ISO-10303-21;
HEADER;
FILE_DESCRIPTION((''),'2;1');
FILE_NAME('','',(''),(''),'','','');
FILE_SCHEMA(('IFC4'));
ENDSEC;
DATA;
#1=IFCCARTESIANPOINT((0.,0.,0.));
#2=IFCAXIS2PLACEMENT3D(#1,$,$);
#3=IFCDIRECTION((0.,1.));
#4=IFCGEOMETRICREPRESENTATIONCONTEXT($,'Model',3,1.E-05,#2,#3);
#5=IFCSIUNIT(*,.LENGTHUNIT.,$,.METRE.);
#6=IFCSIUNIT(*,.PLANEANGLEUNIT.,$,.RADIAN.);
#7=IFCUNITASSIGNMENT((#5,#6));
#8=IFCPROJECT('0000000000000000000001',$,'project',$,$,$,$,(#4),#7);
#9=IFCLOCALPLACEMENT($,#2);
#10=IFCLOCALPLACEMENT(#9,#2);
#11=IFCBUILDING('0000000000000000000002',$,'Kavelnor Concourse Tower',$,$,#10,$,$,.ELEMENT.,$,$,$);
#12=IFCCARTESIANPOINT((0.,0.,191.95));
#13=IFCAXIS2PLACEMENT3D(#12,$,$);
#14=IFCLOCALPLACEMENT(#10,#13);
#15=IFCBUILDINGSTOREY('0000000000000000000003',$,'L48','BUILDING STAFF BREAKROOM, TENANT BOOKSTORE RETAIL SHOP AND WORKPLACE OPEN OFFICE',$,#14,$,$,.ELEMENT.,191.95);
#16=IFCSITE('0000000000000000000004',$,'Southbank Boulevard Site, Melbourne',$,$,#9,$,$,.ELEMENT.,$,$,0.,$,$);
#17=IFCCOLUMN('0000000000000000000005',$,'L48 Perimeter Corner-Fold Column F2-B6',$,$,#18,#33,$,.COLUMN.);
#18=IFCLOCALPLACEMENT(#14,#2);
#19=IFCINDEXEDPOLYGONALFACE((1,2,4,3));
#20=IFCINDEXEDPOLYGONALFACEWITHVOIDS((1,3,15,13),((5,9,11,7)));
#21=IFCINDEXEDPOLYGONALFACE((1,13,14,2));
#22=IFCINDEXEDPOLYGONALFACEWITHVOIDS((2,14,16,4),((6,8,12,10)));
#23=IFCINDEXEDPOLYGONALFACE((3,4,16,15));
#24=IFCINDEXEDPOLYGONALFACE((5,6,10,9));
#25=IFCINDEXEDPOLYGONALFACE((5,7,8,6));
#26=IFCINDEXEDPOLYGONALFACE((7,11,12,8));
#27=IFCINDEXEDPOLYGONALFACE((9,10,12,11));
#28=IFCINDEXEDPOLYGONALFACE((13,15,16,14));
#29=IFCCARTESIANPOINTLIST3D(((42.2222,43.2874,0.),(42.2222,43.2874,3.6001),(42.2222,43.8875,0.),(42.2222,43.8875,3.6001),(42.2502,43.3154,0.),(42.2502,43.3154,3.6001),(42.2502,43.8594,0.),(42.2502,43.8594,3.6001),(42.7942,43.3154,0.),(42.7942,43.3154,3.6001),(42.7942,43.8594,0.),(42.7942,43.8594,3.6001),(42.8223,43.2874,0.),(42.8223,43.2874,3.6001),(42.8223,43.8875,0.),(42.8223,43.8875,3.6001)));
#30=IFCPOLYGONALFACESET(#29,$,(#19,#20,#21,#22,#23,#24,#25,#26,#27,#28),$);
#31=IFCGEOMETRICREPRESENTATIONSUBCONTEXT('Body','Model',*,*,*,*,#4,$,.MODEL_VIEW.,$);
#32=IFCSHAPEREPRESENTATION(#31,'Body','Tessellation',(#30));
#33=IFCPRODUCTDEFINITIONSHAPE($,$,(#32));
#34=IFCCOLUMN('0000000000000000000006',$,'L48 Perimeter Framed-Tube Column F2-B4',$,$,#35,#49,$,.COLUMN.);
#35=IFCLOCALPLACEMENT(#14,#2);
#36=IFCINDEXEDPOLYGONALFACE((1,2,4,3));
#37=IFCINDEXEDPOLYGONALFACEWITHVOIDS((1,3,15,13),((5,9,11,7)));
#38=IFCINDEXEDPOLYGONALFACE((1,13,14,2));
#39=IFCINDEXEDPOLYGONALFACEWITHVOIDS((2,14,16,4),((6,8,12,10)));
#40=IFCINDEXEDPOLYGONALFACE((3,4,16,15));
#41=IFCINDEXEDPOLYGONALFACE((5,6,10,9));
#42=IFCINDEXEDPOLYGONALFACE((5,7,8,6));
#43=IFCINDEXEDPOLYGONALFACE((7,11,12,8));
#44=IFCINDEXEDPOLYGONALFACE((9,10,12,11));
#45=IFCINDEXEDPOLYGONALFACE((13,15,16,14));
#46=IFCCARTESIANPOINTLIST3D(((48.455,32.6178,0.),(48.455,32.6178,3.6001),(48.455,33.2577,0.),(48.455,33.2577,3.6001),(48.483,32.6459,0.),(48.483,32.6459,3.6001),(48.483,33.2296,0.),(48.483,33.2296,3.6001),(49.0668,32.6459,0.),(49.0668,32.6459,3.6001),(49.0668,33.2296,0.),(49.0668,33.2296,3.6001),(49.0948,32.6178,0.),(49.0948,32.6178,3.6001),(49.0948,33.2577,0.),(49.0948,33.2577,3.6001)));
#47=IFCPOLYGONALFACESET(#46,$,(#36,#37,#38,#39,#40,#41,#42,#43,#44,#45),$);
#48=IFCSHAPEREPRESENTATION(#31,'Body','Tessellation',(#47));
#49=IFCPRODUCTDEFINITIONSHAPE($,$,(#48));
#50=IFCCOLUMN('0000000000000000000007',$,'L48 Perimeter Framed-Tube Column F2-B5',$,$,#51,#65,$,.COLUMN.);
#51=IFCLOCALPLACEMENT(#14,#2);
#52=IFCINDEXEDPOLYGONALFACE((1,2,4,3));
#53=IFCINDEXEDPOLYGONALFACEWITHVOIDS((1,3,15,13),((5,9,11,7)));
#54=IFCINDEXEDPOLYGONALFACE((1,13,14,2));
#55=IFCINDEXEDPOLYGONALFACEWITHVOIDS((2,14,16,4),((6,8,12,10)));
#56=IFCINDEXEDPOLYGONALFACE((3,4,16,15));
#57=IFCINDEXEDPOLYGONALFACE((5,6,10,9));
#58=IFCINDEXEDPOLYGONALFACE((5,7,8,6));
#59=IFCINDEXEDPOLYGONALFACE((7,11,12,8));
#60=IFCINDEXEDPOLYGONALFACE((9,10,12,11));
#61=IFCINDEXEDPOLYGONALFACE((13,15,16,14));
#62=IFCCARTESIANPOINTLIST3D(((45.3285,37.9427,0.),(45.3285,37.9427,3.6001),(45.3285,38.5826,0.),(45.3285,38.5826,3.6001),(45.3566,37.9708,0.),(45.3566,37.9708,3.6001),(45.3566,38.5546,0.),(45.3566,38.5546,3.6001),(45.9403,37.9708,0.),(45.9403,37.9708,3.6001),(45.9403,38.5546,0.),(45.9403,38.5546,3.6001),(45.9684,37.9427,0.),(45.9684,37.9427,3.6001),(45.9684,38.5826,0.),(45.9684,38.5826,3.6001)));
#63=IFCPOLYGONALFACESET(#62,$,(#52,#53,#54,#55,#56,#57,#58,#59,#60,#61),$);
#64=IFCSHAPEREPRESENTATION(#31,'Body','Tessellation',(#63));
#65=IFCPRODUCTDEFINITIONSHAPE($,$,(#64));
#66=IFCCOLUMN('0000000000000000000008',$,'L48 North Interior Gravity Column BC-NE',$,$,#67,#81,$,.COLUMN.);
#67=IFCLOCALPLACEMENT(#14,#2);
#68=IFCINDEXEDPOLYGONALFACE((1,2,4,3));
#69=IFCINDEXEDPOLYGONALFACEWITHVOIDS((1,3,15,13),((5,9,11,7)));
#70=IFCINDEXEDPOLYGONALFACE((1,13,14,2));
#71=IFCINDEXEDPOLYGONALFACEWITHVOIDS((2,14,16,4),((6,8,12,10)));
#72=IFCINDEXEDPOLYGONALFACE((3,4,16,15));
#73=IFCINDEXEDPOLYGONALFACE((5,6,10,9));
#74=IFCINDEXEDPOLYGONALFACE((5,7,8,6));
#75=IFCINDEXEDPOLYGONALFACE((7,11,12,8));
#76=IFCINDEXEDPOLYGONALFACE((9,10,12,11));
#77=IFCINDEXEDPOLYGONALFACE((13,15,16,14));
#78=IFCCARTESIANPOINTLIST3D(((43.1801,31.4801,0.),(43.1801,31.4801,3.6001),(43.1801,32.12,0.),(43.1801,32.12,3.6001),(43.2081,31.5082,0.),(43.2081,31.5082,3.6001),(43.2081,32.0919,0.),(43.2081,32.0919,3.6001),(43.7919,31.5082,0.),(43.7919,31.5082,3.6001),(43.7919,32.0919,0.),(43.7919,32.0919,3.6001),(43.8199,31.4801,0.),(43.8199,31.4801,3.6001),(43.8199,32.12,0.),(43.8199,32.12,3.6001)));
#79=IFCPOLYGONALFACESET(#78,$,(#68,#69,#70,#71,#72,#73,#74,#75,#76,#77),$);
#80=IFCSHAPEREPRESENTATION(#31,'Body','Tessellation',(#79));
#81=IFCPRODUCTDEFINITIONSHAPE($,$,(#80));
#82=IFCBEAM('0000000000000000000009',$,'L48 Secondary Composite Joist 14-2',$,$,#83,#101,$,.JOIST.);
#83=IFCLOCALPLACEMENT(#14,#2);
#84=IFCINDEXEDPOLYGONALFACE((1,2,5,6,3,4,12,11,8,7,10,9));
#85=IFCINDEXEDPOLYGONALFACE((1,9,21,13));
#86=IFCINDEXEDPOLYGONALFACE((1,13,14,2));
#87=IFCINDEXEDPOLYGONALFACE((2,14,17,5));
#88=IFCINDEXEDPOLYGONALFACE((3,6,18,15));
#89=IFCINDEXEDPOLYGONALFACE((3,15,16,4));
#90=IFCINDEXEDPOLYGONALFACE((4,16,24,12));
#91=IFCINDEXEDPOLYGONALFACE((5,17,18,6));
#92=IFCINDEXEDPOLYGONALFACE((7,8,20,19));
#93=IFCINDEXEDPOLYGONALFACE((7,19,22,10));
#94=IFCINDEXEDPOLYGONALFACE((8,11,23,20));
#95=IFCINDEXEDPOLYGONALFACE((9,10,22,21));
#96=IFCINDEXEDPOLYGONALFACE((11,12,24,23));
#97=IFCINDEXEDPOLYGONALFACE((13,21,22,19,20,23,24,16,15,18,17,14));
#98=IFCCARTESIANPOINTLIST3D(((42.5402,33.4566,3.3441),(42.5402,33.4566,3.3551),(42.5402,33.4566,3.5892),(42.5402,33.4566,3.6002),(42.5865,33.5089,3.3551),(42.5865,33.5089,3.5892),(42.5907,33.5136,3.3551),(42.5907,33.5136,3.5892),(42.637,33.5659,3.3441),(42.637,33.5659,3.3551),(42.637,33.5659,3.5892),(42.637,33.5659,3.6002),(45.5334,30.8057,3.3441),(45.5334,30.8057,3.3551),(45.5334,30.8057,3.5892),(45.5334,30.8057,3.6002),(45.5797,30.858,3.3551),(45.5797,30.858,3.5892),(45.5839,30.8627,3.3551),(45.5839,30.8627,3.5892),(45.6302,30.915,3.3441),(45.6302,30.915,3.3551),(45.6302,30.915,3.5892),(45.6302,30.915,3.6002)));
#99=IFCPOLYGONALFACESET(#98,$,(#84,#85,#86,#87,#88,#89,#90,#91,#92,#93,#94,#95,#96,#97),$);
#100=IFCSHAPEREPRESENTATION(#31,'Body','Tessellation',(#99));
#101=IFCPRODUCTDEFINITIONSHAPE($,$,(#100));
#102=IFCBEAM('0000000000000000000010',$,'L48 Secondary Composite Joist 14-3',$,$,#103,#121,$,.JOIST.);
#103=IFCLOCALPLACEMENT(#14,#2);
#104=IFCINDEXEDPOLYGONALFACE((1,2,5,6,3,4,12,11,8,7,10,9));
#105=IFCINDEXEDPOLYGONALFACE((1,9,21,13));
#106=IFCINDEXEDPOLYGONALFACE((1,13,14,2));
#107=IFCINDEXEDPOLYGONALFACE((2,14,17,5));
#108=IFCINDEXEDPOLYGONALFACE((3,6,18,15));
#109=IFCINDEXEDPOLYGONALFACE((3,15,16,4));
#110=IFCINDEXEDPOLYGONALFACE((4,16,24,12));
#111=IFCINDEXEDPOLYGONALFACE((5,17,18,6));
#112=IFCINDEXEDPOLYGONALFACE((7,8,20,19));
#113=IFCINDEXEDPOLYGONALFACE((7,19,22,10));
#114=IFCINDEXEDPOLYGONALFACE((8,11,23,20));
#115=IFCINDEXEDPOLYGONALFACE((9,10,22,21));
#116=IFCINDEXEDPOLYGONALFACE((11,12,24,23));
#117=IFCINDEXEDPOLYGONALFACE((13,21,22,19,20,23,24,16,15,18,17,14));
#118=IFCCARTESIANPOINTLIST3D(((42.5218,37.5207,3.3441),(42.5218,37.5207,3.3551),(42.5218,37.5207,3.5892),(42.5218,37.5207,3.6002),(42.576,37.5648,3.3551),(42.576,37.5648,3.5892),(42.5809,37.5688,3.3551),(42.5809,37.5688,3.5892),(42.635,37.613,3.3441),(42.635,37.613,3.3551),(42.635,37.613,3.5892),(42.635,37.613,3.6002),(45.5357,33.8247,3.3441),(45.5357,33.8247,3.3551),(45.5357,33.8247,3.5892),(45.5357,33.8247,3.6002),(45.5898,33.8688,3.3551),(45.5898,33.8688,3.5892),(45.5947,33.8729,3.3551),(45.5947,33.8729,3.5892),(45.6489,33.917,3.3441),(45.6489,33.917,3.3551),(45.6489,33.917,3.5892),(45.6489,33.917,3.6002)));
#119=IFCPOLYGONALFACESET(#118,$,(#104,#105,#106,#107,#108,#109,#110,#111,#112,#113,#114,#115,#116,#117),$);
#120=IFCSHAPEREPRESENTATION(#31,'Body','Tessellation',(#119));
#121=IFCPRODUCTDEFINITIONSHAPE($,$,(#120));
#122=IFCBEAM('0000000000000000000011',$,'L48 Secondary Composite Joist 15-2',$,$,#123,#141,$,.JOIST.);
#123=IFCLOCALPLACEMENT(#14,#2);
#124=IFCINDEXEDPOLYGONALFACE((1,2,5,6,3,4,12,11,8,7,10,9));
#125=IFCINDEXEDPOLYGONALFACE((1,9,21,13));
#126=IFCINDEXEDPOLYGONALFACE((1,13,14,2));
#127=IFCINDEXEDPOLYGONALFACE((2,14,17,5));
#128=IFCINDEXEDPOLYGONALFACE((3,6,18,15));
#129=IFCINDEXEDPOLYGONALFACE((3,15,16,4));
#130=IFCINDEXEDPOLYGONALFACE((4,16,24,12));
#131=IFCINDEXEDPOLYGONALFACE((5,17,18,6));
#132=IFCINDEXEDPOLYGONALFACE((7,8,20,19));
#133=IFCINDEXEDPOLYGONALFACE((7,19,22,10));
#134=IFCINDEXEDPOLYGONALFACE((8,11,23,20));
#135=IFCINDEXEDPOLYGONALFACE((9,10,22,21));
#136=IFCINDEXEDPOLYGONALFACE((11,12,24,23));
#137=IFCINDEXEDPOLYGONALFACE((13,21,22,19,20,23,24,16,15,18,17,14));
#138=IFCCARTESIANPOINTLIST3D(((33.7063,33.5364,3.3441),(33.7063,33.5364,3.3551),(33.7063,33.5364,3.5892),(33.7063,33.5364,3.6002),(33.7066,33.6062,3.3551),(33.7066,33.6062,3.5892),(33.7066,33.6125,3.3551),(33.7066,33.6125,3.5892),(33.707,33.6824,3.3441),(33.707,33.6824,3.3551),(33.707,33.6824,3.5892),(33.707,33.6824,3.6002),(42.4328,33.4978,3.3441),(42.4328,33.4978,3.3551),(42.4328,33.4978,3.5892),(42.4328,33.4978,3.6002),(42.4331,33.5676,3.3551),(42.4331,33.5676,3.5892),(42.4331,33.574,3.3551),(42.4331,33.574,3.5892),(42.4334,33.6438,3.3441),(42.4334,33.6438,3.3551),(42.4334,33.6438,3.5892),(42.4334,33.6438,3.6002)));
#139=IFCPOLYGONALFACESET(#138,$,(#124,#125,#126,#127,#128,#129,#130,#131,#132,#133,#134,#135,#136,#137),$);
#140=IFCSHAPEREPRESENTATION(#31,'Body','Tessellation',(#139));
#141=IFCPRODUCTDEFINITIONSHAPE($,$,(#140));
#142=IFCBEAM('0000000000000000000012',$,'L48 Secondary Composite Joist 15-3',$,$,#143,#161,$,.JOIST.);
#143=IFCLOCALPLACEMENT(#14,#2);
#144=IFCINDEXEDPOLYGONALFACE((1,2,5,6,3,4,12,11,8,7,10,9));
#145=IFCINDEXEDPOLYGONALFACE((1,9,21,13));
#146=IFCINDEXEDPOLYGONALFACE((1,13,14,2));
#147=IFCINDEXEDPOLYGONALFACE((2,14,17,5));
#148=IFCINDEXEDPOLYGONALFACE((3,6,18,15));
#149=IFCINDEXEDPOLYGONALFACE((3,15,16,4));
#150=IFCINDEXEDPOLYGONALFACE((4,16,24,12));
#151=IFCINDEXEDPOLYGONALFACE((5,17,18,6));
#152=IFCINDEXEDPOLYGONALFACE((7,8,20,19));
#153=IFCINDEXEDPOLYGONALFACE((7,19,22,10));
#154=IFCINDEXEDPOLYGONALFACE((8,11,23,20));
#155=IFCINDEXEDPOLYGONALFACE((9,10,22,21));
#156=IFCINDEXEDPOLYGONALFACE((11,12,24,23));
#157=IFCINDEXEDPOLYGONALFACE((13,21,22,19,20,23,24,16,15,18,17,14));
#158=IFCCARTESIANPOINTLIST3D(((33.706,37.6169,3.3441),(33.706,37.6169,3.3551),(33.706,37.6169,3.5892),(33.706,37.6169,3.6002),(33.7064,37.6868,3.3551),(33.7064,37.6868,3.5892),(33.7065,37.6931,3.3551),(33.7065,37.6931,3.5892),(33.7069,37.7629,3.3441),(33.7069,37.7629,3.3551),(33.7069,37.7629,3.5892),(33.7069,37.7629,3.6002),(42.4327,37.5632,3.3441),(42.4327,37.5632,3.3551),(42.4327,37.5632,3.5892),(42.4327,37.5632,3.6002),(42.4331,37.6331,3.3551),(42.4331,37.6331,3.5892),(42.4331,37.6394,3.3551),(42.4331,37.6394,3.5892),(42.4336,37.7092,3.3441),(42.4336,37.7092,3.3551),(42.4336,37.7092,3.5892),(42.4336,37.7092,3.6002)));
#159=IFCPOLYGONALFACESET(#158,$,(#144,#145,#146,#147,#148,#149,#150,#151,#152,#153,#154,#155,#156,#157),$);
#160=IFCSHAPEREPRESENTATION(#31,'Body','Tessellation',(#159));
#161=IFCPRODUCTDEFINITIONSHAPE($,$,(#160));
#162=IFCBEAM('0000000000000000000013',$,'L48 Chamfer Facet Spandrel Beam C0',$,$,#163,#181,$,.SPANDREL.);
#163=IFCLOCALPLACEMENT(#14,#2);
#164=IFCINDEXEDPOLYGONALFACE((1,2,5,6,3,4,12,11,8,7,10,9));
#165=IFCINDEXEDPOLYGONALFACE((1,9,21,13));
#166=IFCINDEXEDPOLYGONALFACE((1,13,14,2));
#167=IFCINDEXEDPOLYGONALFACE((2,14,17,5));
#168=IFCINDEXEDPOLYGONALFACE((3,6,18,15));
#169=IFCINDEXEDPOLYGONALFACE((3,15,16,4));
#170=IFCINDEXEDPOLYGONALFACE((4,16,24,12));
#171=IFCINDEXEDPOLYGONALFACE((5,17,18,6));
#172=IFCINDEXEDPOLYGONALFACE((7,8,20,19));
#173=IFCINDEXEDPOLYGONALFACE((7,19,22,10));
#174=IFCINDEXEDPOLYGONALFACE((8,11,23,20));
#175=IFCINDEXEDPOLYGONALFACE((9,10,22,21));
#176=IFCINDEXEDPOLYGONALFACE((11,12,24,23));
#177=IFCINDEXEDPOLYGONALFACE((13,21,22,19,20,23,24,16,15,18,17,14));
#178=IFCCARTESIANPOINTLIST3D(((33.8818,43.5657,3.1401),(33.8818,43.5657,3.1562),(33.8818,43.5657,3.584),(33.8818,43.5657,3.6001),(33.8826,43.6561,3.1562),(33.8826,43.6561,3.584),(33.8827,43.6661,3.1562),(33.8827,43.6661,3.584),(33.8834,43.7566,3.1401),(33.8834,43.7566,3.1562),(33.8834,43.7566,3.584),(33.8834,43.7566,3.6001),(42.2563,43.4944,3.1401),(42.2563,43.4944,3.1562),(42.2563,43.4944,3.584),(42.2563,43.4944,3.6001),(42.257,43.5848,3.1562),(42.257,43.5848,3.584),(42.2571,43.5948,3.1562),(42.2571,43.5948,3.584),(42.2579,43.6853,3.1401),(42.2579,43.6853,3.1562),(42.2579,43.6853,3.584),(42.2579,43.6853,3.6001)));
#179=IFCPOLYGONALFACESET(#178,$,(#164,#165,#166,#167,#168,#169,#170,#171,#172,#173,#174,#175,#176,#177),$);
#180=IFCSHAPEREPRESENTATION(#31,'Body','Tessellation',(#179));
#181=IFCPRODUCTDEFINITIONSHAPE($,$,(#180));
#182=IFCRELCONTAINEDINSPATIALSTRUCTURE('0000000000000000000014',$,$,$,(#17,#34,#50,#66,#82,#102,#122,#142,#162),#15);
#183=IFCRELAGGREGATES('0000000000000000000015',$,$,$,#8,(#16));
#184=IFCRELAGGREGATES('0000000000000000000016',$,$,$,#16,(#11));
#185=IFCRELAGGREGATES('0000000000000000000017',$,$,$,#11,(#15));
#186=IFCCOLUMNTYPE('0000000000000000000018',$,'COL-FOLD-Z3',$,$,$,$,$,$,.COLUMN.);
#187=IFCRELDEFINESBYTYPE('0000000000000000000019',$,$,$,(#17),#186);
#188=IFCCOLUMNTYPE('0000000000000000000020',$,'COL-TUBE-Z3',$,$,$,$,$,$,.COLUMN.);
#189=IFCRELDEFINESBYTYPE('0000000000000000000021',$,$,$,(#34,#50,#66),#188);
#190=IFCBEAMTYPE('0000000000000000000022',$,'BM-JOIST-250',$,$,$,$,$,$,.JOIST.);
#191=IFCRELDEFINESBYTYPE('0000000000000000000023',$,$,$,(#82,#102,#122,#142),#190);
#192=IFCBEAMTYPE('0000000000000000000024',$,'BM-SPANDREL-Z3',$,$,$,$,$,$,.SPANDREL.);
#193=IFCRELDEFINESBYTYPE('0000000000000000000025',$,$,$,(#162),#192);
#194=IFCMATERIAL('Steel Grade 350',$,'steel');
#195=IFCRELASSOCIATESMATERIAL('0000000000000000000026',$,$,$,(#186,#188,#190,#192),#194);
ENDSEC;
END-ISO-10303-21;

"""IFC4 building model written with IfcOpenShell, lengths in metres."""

from ifc_helpers import new_model, si_unit, direction, frame, origin, origin_2d, place, context, subcontext, project, spatial, hollow_rectangle, i_section, extrude, material, material_profile, profile_set, type_object, element, save


model = new_model("IFC4")

# Units and contexts
model_context = context("Model", 3, precision=1e-05, world=origin(), true_north=direction((0.0, 1.0)))
body_context = subcontext(model_context, "Body", "Model", "MODEL_VIEW")
ifc_project = project(units=[si_unit("LENGTHUNIT", "METRE"), si_unit("PLANEANGLEUNIT", "RADIAN")], contexts=[model_context])

# Site, building, storey
site_placement = place(None, origin())
site = spatial("IfcSite", under=ifc_project, at=site_placement, Name="Southbank Boulevard Site, Melbourne", CompositionType="ELEMENT", RefElevation=0.0)
building_placement = place(site_placement, origin())
building = spatial("IfcBuilding", under=site, at=building_placement, Name="Kavelnor Concourse Tower", CompositionType="ELEMENT")
storey_placement = place(building_placement, frame((0.0, 0.0, 191.95)))
storey = spatial("IfcBuildingStorey", under=building, at=storey_placement, Name="L48", Description="BUILDING STAFF BREAKROOM, TENANT BOOKSTORE RETAIL SHOP AND WORKPLACE OPEN OFFICE", CompositionType="ELEMENT", Elevation=191.95)

# Columns
ifc_material_1 = material(Name="Steel Grade 350", Category="steel")
ifc_material_profile_1 = material_profile(ifc_material_1, hollow_rectangle(XDim=0.6001, YDim=0.6001, WallThickness=0.0281, at=origin_2d()), Name="SHS 600x600x28")
ifc_profile_set_1 = profile_set([ifc_material_profile_1], Name="Steel Grade 350")
column_type_1 = type_object("IfcColumnType", Name="COL-FOLD-Z3", PredefinedType="COLUMN", material=ifc_profile_set_1)
column_placement = place(storey_placement, frame((42.5222, 43.5874, 0.0), z_axis=(0.0, 0.0, 1.0), x_axis=(1.0, 0.0, 0.0)))
element("IfcColumn", 1, at=column_placement, inside=storey, type_object=column_type_1, Name="L48 Perimeter Corner-Fold Column F2-B6", PredefinedType="COLUMN", context=body_context, shape_type="SweptSolid", body=[
    extrude(hollow_rectangle(XDim=0.6001, YDim=0.6001, WallThickness=0.0281, at=origin_2d()), origin(), (0.0, 0.0, 1.0), 3.6001),
])
ifc_material_profile_2 = material_profile(ifc_material_1, hollow_rectangle(XDim=0.6399, YDim=0.6399, WallThickness=0.0281, at=origin_2d()), Name="SHS 640x640x28")
ifc_profile_set_2 = profile_set([ifc_material_profile_2], Name="Steel Grade 350")
column_type_2 = type_object("IfcColumnType", Name="COL-TUBE-Z3", PredefinedType="COLUMN", material=ifc_profile_set_2)
for number, where, z_axis, x_axis, name in (
    (2, (48.7749, 32.9377, 0.0), (0.0, 0.0, 1.0), (1.0, 0.0, 0.0), "L48 Perimeter Framed-Tube Column F2-B4"),
    (3, (45.6484, 38.2627, 0.0), (0.0, 0.0, 1.0), (1.0, 0.0, 0.0), "L48 Perimeter Framed-Tube Column F2-B5"),
    (4, (43.5, 31.8, 0.0), (0.0, 0.0, 1.0), (1.0, 0.0, 0.0), "L48 North Interior Gravity Column BC-NE"),
):
    element("IfcColumn", number, at=place(storey_placement, frame(where, z_axis=z_axis, x_axis=x_axis)), inside=storey, type_object=column_type_2, Name=name, PredefinedType="COLUMN", context=body_context, shape_type="SweptSolid", body=[
        extrude(hollow_rectangle(XDim=0.6399, YDim=0.6399, WallThickness=0.0281, at=origin_2d()), origin(), (0.0, 0.0, 1.0), 3.6001),
    ])

# Beams
ifc_material_profile_3 = material_profile(ifc_material_1, i_section(OverallWidth=0.146, OverallDepth=0.2561, WebThickness=0.0063, FlangeThickness=0.011, at=origin_2d()), Name="250UB37")
ifc_profile_set_3 = profile_set([ifc_material_profile_3], Name="Steel Grade 350")
beam_type_1 = type_object("IfcBeamType", Name="BM-JOIST-250", PredefinedType="JOIST", material=ifc_profile_set_3)
beam_1_placement = place(storey_placement, frame((45.5818, 30.8604, 3.4722), z_axis=(-0.748614, 0.663006, 0.0), x_axis=(-0.663006, -0.748614, 0.0)))
element("IfcBeam", 5, at=beam_1_placement, inside=storey, type_object=beam_type_1, Name="L48 Secondary Composite Joist 14-2", PredefinedType="JOIST", context=body_context, shape_type="SweptSolid", body=[
    extrude(i_section(OverallWidth=0.146, OverallDepth=0.2561, WebThickness=0.0063, FlangeThickness=0.011, at=origin_2d()), origin(), (0.0, 0.0, 1.0), 3.9983),
])
beam_2_placement = place(storey_placement, frame((45.5923, 33.8708, 3.4722), z_axis=(-0.631966, 0.774996, 0.0), x_axis=(-0.774996, -0.631966, 0.0)))
element("IfcBeam", 6, at=beam_2_placement, inside=storey, type_object=beam_type_1, Name="L48 Secondary Composite Joist 14-3", PredefinedType="JOIST", context=body_context, shape_type="SweptSolid", body=[
    extrude(i_section(OverallWidth=0.146, OverallDepth=0.2561, WebThickness=0.0063, FlangeThickness=0.011, at=origin_2d()), origin(), (0.0, 0.0, 1.0), 4.769),
])
beam_3_placement = place(storey_placement, frame((42.4331, 33.5708, 3.4722), z_axis=(-0.99999, 0.00442, 0.0), x_axis=(-0.00442, -0.99999, 0.0)))
element("IfcBeam", 7, at=beam_3_placement, inside=storey, type_object=beam_type_1, Name="L48 Secondary Composite Joist 15-2", PredefinedType="JOIST", context=body_context, shape_type="SweptSolid", body=[
    extrude(i_section(OverallWidth=0.146, OverallDepth=0.2561, WebThickness=0.0063, FlangeThickness=0.011, at=origin_2d()), origin(), (0.0, 0.0, 1.0), 8.7266),
])
beam_4_placement = place(storey_placement, frame((42.4331, 37.6362, 3.4722), z_axis=(-0.999981, 0.006155, 0.0), x_axis=(-0.006155, -0.999981, 0.0)))
element("IfcBeam", 8, at=beam_4_placement, inside=storey, type_object=beam_type_1, Name="L48 Secondary Composite Joist 15-3", PredefinedType="JOIST", context=body_context, shape_type="SweptSolid", body=[
    extrude(i_section(OverallWidth=0.146, OverallDepth=0.2561, WebThickness=0.0063, FlangeThickness=0.011, at=origin_2d()), origin(), (0.0, 0.0, 1.0), 8.7268),
])
ifc_material_profile_4 = material_profile(ifc_material_1, i_section(OverallWidth=0.1909, OverallDepth=0.46, WebThickness=0.01, FlangeThickness=0.0161, at=origin_2d()), Name="460UB82")
ifc_profile_set_4 = profile_set([ifc_material_profile_4], Name="Steel Grade 350")
beam_type_2 = type_object("IfcBeamType", Name="BM-SPANDREL-Z3", PredefinedType="SPANDREL", material=ifc_profile_set_4)
beam_5_placement = place(storey_placement, frame((42.2571, 43.5898, 3.3701), z_axis=(-0.999964, 0.008512, 0.0), x_axis=(-0.008512, -0.999964, 0.0)))
element("IfcBeam", 9, at=beam_5_placement, inside=storey, type_object=beam_type_2, Name="L48 Chamfer Facet Spandrel Beam C0", PredefinedType="SPANDREL", context=body_context, shape_type="SweptSolid", body=[
    extrude(i_section(OverallWidth=0.1909, OverallDepth=0.46, WebThickness=0.01, FlangeThickness=0.0161, at=origin_2d()), origin(), (0.0, 0.0, 1.0), 8.3748),
])

save(model, "model.ifc")
